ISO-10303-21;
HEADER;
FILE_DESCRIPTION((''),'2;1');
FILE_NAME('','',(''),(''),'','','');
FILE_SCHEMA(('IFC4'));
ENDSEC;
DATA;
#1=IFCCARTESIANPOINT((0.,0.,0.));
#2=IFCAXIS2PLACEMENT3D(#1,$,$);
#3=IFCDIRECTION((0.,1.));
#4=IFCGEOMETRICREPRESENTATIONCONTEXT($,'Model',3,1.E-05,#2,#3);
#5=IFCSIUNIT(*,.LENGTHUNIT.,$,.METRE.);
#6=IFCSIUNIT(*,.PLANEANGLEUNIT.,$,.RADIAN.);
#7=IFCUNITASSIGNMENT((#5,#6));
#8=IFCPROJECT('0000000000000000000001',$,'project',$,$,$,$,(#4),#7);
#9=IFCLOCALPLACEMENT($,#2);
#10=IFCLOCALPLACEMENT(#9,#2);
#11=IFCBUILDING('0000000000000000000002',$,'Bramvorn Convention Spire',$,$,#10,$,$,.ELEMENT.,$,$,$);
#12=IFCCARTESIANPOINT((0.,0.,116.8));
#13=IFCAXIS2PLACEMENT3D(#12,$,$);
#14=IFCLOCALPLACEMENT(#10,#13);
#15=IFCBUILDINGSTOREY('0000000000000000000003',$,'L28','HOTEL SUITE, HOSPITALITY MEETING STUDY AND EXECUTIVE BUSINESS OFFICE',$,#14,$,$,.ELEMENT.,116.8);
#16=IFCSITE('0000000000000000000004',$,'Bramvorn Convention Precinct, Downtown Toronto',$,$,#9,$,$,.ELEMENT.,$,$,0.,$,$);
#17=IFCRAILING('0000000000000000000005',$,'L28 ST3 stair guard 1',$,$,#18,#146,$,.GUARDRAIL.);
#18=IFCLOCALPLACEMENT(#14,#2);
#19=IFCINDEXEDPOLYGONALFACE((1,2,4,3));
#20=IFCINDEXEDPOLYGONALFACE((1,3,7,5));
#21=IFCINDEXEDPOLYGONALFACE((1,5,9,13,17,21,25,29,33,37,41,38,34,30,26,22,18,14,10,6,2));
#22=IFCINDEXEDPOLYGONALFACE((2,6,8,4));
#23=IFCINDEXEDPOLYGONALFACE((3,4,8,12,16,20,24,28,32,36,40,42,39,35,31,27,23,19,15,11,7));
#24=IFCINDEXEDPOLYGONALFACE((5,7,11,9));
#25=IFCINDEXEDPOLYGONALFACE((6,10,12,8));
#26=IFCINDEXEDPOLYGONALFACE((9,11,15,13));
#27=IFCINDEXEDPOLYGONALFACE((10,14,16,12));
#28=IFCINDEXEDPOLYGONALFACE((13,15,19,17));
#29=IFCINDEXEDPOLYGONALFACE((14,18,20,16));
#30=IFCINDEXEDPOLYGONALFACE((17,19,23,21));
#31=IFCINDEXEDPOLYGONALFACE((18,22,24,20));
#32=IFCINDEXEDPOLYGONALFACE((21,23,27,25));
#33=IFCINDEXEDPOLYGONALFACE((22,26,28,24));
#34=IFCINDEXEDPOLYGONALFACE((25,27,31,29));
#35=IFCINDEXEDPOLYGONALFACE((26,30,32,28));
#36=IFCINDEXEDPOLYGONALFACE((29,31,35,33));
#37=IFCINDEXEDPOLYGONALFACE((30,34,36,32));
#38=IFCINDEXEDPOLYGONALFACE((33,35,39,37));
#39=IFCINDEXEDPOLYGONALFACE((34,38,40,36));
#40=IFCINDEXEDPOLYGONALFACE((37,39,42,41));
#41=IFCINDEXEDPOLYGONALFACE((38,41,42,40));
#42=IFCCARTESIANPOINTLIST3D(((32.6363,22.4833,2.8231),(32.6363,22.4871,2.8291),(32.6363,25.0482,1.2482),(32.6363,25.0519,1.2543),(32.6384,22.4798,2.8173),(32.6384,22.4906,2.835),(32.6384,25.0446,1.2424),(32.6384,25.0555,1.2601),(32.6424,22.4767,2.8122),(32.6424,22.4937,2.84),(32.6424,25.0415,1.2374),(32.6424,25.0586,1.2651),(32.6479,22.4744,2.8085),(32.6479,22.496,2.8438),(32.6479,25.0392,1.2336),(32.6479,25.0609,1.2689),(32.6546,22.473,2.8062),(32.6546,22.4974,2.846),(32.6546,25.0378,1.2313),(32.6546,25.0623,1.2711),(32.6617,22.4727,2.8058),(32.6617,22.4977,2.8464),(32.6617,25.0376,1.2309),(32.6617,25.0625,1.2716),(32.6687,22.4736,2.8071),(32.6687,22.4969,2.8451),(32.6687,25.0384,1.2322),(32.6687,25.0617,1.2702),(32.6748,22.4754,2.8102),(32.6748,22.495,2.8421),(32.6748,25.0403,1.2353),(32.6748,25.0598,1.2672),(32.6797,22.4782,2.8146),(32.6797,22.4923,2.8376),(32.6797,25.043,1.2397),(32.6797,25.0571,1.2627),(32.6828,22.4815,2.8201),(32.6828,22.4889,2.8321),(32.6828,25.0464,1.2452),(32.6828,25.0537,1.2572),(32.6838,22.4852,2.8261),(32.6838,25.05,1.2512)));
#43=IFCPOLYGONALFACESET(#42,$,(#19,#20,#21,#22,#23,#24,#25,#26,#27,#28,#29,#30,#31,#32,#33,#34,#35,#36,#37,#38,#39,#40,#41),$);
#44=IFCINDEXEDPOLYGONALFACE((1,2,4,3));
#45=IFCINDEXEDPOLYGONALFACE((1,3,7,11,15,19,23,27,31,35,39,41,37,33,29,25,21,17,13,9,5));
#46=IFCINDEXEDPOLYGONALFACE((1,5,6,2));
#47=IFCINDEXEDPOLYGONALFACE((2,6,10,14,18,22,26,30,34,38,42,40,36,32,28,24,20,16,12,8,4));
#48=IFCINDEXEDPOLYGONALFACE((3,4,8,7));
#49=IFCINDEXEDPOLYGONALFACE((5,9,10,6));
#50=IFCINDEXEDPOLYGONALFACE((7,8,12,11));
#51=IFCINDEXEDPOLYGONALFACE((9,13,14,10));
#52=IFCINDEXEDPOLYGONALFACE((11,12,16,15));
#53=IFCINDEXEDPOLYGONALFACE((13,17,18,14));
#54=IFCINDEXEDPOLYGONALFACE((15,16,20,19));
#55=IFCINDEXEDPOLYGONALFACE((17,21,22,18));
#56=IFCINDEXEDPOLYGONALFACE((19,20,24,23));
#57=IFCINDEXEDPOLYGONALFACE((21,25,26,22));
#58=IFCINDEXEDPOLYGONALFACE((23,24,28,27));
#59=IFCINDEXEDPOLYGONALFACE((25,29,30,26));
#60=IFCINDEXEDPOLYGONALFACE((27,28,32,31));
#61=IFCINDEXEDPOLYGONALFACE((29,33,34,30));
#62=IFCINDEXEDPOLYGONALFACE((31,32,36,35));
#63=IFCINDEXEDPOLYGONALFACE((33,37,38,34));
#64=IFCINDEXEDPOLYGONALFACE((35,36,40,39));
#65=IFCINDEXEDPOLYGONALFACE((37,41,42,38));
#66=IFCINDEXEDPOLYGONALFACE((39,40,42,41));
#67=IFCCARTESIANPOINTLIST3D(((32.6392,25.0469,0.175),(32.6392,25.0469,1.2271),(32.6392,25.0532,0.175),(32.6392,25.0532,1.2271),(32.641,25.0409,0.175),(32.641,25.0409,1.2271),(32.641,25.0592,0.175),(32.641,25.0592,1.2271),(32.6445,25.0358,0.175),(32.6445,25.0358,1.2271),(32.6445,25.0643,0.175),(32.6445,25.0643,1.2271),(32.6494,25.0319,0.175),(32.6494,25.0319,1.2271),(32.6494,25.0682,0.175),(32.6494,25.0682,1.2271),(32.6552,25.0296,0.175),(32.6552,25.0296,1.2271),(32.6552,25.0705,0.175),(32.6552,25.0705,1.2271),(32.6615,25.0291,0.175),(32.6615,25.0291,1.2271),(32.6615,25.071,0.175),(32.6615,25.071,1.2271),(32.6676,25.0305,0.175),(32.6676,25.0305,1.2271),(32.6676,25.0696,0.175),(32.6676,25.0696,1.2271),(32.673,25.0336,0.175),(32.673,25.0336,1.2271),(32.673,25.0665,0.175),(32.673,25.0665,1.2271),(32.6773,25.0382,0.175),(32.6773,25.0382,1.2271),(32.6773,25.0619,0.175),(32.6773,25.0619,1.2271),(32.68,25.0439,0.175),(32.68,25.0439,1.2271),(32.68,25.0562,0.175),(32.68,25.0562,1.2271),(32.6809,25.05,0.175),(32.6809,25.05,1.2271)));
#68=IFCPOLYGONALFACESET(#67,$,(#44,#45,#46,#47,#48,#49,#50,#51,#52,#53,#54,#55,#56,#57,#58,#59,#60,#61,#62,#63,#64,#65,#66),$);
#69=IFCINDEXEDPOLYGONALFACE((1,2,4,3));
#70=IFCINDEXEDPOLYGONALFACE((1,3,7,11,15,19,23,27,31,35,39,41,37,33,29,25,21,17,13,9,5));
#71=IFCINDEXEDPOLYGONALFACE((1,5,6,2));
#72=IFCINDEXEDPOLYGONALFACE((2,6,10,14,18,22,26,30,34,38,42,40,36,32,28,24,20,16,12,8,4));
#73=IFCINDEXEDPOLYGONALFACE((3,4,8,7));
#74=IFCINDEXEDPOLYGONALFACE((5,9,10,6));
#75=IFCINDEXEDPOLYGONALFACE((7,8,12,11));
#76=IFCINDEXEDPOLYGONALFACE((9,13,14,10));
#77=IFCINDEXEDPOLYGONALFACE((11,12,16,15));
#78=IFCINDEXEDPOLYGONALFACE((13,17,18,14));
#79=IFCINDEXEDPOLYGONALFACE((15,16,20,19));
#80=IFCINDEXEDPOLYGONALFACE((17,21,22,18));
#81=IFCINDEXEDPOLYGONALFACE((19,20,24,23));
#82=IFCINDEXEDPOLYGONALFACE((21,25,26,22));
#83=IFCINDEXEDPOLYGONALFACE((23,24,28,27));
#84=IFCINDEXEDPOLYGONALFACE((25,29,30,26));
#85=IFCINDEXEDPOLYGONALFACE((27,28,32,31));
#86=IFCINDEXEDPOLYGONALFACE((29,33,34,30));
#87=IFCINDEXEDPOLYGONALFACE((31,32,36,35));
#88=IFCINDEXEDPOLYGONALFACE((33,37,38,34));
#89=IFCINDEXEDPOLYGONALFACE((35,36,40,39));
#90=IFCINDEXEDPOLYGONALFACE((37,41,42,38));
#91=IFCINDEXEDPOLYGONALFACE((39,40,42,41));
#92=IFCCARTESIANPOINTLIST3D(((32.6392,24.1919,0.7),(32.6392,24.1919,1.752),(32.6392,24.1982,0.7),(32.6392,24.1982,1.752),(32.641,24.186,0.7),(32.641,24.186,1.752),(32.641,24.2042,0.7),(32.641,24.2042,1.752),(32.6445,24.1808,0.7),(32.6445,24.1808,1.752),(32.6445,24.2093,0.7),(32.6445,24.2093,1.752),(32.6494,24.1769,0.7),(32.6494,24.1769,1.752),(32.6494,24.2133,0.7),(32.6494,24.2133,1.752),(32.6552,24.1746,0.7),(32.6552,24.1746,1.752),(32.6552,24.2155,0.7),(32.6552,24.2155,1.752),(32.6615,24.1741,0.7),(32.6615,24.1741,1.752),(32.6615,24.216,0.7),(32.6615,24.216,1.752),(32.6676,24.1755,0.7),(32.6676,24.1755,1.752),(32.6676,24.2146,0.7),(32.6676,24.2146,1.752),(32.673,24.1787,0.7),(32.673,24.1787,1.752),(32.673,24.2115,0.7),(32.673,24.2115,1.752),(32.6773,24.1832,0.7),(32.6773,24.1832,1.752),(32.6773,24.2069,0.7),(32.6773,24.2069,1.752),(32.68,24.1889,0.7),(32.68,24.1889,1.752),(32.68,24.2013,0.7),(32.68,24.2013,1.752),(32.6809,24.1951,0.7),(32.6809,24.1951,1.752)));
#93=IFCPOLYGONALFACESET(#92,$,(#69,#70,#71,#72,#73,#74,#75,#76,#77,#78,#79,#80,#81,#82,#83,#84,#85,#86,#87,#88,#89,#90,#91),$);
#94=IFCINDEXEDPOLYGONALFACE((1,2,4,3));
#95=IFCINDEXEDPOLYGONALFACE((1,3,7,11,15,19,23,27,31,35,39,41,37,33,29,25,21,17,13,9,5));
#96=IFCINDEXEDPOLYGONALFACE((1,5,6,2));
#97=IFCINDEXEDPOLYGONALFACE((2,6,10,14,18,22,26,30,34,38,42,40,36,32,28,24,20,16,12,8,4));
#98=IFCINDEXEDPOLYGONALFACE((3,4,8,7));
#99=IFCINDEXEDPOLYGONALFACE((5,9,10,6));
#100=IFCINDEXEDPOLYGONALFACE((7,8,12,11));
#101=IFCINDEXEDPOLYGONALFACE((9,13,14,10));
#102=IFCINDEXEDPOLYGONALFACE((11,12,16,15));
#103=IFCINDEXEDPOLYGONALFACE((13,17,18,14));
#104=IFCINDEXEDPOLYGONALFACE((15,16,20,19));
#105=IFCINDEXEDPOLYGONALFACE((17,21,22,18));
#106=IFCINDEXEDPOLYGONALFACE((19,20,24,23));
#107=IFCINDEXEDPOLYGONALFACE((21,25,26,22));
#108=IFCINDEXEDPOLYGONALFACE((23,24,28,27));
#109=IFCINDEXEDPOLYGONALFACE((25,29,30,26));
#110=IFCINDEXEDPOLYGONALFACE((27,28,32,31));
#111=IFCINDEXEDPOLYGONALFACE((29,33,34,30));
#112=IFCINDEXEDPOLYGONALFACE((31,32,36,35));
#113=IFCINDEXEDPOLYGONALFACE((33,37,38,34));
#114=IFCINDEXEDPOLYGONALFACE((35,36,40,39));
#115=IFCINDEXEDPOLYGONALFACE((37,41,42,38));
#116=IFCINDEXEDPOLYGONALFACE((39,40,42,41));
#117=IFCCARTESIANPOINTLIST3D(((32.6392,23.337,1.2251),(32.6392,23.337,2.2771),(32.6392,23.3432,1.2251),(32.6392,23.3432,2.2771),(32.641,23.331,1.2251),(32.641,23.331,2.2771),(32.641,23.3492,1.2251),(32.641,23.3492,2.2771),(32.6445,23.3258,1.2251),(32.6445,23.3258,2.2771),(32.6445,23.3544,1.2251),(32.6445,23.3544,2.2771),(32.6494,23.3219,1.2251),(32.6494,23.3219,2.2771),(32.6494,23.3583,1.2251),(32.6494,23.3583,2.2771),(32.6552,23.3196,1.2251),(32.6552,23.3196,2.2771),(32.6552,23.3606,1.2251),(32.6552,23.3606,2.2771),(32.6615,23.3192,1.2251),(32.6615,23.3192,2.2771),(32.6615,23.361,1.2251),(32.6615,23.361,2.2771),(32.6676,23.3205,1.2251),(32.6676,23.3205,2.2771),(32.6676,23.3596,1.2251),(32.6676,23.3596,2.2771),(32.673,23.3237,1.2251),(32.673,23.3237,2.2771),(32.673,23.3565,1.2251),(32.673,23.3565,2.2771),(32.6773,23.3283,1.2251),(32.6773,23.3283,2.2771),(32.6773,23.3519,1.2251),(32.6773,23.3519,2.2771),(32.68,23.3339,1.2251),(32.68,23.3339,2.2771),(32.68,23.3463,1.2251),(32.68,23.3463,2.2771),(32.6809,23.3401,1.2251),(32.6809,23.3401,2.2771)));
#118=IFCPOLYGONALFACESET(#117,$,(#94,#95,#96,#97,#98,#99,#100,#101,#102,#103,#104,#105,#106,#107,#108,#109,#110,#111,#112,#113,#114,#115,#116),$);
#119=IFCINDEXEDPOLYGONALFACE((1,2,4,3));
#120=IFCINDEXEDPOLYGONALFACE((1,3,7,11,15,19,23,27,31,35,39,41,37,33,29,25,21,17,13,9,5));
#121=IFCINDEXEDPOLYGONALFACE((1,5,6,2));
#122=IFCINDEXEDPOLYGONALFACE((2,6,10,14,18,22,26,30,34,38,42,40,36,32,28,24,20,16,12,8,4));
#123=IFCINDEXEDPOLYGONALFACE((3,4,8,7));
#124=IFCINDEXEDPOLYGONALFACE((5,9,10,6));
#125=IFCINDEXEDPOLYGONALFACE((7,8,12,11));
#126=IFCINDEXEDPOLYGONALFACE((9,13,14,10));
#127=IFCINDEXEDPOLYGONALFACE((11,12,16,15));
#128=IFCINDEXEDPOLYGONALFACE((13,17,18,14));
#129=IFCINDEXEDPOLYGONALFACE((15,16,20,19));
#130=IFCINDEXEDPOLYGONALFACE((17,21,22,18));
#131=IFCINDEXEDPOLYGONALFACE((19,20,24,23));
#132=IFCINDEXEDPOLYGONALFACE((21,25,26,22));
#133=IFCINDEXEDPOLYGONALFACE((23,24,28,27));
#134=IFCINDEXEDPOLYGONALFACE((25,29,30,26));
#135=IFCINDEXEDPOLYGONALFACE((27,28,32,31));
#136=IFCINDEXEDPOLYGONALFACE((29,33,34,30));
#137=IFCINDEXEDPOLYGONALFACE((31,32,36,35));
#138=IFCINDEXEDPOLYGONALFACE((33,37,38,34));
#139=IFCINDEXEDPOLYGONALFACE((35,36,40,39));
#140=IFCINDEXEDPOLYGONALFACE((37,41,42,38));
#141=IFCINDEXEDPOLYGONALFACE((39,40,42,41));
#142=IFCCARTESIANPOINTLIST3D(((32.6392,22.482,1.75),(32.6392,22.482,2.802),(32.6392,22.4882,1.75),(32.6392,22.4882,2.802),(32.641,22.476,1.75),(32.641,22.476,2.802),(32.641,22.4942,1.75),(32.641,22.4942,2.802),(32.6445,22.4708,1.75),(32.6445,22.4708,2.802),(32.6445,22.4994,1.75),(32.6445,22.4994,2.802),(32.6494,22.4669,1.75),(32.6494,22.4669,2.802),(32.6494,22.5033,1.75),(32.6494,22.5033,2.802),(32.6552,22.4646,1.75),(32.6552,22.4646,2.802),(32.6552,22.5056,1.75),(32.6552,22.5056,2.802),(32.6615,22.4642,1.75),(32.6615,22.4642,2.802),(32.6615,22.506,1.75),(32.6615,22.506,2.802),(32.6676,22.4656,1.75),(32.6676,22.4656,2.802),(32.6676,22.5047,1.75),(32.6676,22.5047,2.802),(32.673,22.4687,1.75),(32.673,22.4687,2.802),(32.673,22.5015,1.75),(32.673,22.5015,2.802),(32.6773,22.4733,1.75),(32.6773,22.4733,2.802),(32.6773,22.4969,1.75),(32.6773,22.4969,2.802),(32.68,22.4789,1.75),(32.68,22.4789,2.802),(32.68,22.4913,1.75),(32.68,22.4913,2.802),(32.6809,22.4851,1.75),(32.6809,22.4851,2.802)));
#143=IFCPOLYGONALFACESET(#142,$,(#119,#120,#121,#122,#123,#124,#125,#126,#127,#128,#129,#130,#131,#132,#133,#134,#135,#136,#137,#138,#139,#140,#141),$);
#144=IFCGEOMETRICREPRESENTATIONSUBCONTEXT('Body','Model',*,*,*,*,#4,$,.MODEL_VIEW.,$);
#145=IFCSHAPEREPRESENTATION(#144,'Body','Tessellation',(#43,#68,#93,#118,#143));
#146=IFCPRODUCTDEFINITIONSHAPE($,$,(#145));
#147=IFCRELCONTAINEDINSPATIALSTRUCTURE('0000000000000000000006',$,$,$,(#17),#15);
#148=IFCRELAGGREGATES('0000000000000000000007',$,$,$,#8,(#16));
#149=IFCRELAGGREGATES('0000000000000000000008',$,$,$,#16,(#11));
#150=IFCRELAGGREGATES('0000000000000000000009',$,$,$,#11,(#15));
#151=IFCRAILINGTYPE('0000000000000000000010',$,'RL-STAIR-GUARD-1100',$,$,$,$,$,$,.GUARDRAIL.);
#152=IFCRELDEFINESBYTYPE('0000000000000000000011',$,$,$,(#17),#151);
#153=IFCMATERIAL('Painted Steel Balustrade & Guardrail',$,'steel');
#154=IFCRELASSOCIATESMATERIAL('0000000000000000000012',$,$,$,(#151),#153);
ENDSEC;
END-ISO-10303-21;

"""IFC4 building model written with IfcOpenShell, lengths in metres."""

from ifc_helpers import new_model, si_unit, direction, frame, origin, origin_2d, place, context, subcontext, project, spatial, circle, extrude, material, type_object, element, save


model = new_model("IFC4")

# Units and contexts
model_context = context("Model", 3, precision=1e-05, world=origin(), true_north=direction((0.0, 1.0)))
body_context = subcontext(model_context, "Body", "Model", "MODEL_VIEW")
ifc_project = project(units=[si_unit("LENGTHUNIT", "METRE"), si_unit("PLANEANGLEUNIT", "RADIAN")], contexts=[model_context])

# Site, building, storey
site_placement = place(None, origin())
site = spatial("IfcSite", under=ifc_project, at=site_placement, Name="Bramvorn Convention Precinct, Downtown Toronto", CompositionType="ELEMENT", RefElevation=0.0)
building_placement = place(site_placement, origin())
building = spatial("IfcBuilding", under=site, at=building_placement, Name="Bramvorn Convention Spire", CompositionType="ELEMENT")
storey_placement = place(building_placement, frame((0.0, 0.0, 116.8)))
storey = spatial("IfcBuildingStorey", under=building, at=storey_placement, Name="L28", Description="HOTEL SUITE, HOSPITALITY MEETING STUDY AND EXECUTIVE BUSINESS OFFICE", CompositionType="ELEMENT", Elevation=116.8)

# Railing
ifc_material_1 = material(Name="Painted Steel Balustrade & Guardrail", Category="steel")
railing_type_1 = type_object("IfcRailingType", Name="RL-STAIR-GUARD-1100", PredefinedType="GUARDRAIL", material=ifc_material_1)
railing_1_placement = place(storey_placement, frame((32.6599, 25.05, 0.175)))
element("IfcRailing", 1, at=railing_1_placement, inside=storey, type_object=railing_type_1, Name="L28 ST3 stair guard 1", PredefinedType="GUARDRAIL", context=body_context, shape_type="SweptSolid", body=[
    extrude(circle(Radius=0.0239, at=origin_2d()), frame((0.0, 0.0, 1.0762), z_axis=(0.0, -0.852173, 0.52326), x_axis=(1.0, 0.0, 0.0)), (0.0, 0.0, 1.0), 3.0098),
    extrude(circle(Radius=0.021, at=origin_2d()), origin(), (0.0, 0.0, 1.0), 1.052),
    extrude(circle(Radius=0.021, at=origin_2d()), frame((0.0, -0.855, 0.5249)), (0.0, 0.0, 1.0), 1.052),
    extrude(circle(Radius=0.021, at=origin_2d()), frame((0.0, -1.71, 1.05)), (0.0, 0.0, 1.0), 1.052),
    extrude(circle(Radius=0.021, at=origin_2d()), frame((0.0, -2.5649, 1.575)), (0.0, 0.0, 1.0), 1.052),
])

save(model, "model.ifc")
